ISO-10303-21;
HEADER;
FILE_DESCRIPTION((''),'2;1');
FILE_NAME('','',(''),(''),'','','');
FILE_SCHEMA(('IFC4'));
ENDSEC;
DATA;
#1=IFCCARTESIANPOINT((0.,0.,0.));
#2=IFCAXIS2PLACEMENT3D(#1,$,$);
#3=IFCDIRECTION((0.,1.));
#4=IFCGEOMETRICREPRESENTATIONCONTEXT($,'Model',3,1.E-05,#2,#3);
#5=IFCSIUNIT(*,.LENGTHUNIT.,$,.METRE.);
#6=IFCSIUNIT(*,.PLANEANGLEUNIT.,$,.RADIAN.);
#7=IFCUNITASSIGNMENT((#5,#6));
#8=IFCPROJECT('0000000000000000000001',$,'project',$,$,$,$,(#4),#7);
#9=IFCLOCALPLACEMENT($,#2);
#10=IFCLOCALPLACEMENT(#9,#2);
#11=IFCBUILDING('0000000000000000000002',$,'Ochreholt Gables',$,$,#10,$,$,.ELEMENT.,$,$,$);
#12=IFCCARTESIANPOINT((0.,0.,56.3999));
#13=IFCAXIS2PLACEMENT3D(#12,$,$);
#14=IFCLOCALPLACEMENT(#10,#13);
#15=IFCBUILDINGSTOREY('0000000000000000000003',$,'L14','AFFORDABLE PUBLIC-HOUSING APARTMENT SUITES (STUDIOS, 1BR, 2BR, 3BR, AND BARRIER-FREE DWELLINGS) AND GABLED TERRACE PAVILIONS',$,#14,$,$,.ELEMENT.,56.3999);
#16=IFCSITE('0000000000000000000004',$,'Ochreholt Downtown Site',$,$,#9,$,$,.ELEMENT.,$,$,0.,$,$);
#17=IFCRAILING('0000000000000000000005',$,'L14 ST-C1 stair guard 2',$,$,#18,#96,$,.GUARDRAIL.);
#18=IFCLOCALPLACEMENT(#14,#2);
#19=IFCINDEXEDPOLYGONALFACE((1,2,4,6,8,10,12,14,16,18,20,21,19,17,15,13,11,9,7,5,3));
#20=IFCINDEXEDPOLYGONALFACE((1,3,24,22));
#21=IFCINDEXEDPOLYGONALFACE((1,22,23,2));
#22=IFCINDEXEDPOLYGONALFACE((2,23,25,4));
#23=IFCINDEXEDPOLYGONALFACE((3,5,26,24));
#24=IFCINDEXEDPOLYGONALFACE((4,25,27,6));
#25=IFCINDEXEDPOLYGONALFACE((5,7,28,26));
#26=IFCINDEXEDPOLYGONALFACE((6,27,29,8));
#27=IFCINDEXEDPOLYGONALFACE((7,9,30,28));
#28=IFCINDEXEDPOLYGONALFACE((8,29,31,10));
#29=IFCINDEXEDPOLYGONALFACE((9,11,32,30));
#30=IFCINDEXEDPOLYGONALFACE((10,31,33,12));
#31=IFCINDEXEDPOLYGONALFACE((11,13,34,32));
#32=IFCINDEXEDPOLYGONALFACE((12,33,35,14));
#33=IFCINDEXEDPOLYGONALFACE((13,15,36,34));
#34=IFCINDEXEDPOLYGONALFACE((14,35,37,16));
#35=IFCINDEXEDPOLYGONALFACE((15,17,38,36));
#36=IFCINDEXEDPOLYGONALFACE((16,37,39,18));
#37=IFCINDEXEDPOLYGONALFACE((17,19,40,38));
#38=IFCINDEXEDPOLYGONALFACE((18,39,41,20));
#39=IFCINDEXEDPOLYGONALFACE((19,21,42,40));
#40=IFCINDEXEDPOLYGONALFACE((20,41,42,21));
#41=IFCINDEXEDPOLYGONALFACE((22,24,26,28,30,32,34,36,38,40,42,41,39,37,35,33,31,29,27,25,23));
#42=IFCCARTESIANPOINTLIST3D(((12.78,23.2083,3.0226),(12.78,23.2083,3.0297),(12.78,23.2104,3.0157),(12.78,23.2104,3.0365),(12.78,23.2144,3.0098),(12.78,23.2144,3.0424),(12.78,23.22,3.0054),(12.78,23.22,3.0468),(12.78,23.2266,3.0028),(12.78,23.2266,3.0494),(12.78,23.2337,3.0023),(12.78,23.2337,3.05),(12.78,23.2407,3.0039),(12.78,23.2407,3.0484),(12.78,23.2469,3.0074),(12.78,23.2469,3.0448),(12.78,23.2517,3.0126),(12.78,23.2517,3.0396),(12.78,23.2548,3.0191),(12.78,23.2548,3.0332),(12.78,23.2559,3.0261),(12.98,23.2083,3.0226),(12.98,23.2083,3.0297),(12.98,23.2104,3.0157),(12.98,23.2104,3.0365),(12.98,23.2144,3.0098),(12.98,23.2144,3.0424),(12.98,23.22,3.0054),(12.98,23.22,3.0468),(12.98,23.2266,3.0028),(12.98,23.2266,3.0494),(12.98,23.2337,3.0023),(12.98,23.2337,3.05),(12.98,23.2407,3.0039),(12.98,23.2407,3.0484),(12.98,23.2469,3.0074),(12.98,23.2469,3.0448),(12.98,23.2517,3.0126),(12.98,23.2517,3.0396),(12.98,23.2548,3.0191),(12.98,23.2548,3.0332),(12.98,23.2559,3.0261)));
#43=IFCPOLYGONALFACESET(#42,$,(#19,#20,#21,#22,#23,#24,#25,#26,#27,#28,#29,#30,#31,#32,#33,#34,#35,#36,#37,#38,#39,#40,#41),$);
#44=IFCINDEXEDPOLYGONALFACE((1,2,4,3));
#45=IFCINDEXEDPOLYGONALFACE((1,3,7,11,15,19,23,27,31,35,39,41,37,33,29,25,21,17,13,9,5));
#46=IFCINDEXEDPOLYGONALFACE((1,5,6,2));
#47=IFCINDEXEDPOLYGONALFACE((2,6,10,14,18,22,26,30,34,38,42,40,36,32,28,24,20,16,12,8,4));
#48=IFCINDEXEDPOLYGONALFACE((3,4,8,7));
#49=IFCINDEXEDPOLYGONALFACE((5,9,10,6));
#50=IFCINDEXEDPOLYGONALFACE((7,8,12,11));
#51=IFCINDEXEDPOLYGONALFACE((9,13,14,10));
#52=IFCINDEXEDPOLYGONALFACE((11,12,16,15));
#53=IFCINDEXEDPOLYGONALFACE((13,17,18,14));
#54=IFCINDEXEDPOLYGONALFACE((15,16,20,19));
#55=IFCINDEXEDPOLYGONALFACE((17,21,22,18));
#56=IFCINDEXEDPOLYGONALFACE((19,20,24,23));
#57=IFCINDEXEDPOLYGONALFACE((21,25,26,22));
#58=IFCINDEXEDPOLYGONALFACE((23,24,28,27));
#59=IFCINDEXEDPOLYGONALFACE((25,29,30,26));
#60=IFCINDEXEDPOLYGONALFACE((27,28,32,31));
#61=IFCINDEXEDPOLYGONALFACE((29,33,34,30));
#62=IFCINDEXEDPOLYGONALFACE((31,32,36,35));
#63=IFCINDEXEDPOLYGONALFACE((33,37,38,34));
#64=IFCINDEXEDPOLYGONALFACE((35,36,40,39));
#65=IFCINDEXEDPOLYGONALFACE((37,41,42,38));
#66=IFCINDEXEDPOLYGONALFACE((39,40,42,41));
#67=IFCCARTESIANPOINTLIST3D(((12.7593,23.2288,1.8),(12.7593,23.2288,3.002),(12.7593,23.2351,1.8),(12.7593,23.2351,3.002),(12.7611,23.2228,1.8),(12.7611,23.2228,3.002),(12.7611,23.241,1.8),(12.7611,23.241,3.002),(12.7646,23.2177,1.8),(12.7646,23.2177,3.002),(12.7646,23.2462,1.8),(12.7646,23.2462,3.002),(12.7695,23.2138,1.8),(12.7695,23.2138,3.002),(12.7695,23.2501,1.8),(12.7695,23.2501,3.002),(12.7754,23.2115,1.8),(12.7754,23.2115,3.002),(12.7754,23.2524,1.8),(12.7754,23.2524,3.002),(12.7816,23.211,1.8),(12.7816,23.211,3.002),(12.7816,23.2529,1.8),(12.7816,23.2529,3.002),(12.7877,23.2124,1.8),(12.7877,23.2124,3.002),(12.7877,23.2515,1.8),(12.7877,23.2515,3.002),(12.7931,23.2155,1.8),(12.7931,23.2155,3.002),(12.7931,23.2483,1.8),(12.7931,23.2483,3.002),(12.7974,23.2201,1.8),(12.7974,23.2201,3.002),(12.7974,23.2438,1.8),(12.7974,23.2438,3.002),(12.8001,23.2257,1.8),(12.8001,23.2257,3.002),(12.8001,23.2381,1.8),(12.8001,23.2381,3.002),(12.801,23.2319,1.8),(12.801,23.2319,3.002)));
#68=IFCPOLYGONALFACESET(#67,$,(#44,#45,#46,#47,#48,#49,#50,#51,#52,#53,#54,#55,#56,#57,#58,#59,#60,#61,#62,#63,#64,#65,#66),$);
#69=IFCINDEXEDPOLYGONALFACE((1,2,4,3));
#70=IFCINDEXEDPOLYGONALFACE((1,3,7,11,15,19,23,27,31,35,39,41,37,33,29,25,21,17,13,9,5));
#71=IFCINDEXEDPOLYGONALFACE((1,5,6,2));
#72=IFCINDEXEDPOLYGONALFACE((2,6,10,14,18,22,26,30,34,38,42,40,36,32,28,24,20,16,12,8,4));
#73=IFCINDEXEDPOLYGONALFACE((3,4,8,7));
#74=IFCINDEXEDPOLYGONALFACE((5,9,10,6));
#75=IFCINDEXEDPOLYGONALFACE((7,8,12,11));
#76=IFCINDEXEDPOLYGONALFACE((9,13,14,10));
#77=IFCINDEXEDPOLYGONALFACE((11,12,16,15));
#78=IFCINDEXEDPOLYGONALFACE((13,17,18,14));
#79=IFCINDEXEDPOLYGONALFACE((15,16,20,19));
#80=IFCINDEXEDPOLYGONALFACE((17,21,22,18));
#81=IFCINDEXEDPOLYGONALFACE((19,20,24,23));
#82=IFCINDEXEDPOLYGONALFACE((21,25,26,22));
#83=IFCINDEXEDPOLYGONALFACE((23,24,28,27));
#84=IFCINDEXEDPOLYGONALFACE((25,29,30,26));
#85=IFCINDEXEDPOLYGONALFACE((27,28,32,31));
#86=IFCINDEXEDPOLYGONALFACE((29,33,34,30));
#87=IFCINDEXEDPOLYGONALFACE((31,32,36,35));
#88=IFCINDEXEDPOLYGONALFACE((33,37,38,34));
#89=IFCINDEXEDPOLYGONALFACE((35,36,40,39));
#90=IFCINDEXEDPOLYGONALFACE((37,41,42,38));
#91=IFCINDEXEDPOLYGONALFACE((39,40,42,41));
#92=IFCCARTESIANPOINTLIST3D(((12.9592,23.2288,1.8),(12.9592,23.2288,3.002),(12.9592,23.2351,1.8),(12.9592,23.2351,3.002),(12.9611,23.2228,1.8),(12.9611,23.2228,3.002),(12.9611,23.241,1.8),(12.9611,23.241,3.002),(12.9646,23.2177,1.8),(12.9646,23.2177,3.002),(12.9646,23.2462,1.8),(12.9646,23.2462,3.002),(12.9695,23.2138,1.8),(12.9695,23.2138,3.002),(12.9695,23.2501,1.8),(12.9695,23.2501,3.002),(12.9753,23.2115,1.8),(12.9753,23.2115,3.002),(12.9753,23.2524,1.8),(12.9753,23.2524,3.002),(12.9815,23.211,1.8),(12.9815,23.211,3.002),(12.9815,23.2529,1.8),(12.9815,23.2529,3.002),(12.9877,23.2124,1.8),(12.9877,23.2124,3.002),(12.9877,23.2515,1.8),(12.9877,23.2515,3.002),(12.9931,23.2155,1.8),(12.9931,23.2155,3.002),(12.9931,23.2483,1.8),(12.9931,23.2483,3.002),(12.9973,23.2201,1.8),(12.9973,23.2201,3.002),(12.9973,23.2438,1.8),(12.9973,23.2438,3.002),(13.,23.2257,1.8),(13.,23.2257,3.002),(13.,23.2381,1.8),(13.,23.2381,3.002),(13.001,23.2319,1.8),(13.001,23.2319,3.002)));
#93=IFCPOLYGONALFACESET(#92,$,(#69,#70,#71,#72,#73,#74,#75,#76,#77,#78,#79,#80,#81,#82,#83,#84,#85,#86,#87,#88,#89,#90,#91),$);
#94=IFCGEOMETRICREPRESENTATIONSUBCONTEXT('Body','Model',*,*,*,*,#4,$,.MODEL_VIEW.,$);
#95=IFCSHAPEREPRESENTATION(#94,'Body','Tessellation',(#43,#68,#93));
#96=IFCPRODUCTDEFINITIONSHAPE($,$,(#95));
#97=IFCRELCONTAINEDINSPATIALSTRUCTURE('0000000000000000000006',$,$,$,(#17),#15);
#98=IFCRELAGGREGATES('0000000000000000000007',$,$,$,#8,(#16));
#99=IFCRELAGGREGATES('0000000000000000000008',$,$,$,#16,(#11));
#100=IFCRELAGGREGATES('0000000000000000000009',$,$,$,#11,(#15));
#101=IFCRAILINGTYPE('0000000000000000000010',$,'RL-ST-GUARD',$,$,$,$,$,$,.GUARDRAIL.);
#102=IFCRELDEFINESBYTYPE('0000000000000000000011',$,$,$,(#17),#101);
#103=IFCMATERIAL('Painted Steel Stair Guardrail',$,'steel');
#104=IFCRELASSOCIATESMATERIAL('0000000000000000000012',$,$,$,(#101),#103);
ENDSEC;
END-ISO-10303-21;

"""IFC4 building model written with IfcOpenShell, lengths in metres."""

from ifc_helpers import new_model, si_unit, direction, frame, origin, origin_2d, place, context, subcontext, project, spatial, circle, extrude, material, type_object, element, save


model = new_model("IFC4")

# Units and contexts
model_context = context("Model", 3, precision=1e-05, world=origin(), true_north=direction((0.0, 1.0)))
body_context = subcontext(model_context, "Body", "Model", "MODEL_VIEW")
ifc_project = project(units=[si_unit("LENGTHUNIT", "METRE"), si_unit("PLANEANGLEUNIT", "RADIAN")], contexts=[model_context])

# Site, building, storey
site_placement = place(None, origin())
site = spatial("IfcSite", under=ifc_project, at=site_placement, Name="Ochreholt Downtown Site", CompositionType="ELEMENT", RefElevation=0.0)
building_placement = place(site_placement, origin())
building = spatial("IfcBuilding", under=site, at=building_placement, Name="Ochreholt Gables", CompositionType="ELEMENT")
storey_placement = place(building_placement, frame((0.0, 0.0, 56.3999)))
storey = spatial("IfcBuildingStorey", under=building, at=storey_placement, Name="L14", Description="AFFORDABLE PUBLIC-HOUSING APARTMENT SUITES (STUDIOS, 1BR, 2BR, 3BR, AND BARRIER-FREE DWELLINGS) AND GABLED TERRACE PAVILIONS", CompositionType="ELEMENT", Elevation=56.3999)

# Railing
ifc_material_1 = material(Name="Painted Steel Stair Guardrail", Category="steel")
railing_type_1 = type_object("IfcRailingType", Name="RL-ST-GUARD", PredefinedType="GUARDRAIL", material=ifc_material_1)
railing_1_placement = place(storey_placement, frame((12.78, 23.2319, 1.8)))
element("IfcRailing", 1, at=railing_1_placement, inside=storey, type_object=railing_type_1, Name="L14 ST-C1 stair guard 2", PredefinedType="GUARDRAIL", context=body_context, shape_type="SweptSolid", body=[
    extrude(circle(Radius=0.0239, at=origin_2d()), frame((0.0, 0.0, 1.2261), z_axis=(1.0, 0.0, 0.0), x_axis=(0.0, 1.0, 0.0)), (0.0, 0.0, 1.0), 0.2),
    extrude(circle(Radius=0.021, at=origin_2d()), origin(), (0.0, 0.0, 1.0), 1.2019),
    extrude(circle(Radius=0.021, at=origin_2d()), frame((0.2, 0.0, 0.0)), (0.0, 0.0, 1.0), 1.2019),
])

save(model, "model.ifc")
